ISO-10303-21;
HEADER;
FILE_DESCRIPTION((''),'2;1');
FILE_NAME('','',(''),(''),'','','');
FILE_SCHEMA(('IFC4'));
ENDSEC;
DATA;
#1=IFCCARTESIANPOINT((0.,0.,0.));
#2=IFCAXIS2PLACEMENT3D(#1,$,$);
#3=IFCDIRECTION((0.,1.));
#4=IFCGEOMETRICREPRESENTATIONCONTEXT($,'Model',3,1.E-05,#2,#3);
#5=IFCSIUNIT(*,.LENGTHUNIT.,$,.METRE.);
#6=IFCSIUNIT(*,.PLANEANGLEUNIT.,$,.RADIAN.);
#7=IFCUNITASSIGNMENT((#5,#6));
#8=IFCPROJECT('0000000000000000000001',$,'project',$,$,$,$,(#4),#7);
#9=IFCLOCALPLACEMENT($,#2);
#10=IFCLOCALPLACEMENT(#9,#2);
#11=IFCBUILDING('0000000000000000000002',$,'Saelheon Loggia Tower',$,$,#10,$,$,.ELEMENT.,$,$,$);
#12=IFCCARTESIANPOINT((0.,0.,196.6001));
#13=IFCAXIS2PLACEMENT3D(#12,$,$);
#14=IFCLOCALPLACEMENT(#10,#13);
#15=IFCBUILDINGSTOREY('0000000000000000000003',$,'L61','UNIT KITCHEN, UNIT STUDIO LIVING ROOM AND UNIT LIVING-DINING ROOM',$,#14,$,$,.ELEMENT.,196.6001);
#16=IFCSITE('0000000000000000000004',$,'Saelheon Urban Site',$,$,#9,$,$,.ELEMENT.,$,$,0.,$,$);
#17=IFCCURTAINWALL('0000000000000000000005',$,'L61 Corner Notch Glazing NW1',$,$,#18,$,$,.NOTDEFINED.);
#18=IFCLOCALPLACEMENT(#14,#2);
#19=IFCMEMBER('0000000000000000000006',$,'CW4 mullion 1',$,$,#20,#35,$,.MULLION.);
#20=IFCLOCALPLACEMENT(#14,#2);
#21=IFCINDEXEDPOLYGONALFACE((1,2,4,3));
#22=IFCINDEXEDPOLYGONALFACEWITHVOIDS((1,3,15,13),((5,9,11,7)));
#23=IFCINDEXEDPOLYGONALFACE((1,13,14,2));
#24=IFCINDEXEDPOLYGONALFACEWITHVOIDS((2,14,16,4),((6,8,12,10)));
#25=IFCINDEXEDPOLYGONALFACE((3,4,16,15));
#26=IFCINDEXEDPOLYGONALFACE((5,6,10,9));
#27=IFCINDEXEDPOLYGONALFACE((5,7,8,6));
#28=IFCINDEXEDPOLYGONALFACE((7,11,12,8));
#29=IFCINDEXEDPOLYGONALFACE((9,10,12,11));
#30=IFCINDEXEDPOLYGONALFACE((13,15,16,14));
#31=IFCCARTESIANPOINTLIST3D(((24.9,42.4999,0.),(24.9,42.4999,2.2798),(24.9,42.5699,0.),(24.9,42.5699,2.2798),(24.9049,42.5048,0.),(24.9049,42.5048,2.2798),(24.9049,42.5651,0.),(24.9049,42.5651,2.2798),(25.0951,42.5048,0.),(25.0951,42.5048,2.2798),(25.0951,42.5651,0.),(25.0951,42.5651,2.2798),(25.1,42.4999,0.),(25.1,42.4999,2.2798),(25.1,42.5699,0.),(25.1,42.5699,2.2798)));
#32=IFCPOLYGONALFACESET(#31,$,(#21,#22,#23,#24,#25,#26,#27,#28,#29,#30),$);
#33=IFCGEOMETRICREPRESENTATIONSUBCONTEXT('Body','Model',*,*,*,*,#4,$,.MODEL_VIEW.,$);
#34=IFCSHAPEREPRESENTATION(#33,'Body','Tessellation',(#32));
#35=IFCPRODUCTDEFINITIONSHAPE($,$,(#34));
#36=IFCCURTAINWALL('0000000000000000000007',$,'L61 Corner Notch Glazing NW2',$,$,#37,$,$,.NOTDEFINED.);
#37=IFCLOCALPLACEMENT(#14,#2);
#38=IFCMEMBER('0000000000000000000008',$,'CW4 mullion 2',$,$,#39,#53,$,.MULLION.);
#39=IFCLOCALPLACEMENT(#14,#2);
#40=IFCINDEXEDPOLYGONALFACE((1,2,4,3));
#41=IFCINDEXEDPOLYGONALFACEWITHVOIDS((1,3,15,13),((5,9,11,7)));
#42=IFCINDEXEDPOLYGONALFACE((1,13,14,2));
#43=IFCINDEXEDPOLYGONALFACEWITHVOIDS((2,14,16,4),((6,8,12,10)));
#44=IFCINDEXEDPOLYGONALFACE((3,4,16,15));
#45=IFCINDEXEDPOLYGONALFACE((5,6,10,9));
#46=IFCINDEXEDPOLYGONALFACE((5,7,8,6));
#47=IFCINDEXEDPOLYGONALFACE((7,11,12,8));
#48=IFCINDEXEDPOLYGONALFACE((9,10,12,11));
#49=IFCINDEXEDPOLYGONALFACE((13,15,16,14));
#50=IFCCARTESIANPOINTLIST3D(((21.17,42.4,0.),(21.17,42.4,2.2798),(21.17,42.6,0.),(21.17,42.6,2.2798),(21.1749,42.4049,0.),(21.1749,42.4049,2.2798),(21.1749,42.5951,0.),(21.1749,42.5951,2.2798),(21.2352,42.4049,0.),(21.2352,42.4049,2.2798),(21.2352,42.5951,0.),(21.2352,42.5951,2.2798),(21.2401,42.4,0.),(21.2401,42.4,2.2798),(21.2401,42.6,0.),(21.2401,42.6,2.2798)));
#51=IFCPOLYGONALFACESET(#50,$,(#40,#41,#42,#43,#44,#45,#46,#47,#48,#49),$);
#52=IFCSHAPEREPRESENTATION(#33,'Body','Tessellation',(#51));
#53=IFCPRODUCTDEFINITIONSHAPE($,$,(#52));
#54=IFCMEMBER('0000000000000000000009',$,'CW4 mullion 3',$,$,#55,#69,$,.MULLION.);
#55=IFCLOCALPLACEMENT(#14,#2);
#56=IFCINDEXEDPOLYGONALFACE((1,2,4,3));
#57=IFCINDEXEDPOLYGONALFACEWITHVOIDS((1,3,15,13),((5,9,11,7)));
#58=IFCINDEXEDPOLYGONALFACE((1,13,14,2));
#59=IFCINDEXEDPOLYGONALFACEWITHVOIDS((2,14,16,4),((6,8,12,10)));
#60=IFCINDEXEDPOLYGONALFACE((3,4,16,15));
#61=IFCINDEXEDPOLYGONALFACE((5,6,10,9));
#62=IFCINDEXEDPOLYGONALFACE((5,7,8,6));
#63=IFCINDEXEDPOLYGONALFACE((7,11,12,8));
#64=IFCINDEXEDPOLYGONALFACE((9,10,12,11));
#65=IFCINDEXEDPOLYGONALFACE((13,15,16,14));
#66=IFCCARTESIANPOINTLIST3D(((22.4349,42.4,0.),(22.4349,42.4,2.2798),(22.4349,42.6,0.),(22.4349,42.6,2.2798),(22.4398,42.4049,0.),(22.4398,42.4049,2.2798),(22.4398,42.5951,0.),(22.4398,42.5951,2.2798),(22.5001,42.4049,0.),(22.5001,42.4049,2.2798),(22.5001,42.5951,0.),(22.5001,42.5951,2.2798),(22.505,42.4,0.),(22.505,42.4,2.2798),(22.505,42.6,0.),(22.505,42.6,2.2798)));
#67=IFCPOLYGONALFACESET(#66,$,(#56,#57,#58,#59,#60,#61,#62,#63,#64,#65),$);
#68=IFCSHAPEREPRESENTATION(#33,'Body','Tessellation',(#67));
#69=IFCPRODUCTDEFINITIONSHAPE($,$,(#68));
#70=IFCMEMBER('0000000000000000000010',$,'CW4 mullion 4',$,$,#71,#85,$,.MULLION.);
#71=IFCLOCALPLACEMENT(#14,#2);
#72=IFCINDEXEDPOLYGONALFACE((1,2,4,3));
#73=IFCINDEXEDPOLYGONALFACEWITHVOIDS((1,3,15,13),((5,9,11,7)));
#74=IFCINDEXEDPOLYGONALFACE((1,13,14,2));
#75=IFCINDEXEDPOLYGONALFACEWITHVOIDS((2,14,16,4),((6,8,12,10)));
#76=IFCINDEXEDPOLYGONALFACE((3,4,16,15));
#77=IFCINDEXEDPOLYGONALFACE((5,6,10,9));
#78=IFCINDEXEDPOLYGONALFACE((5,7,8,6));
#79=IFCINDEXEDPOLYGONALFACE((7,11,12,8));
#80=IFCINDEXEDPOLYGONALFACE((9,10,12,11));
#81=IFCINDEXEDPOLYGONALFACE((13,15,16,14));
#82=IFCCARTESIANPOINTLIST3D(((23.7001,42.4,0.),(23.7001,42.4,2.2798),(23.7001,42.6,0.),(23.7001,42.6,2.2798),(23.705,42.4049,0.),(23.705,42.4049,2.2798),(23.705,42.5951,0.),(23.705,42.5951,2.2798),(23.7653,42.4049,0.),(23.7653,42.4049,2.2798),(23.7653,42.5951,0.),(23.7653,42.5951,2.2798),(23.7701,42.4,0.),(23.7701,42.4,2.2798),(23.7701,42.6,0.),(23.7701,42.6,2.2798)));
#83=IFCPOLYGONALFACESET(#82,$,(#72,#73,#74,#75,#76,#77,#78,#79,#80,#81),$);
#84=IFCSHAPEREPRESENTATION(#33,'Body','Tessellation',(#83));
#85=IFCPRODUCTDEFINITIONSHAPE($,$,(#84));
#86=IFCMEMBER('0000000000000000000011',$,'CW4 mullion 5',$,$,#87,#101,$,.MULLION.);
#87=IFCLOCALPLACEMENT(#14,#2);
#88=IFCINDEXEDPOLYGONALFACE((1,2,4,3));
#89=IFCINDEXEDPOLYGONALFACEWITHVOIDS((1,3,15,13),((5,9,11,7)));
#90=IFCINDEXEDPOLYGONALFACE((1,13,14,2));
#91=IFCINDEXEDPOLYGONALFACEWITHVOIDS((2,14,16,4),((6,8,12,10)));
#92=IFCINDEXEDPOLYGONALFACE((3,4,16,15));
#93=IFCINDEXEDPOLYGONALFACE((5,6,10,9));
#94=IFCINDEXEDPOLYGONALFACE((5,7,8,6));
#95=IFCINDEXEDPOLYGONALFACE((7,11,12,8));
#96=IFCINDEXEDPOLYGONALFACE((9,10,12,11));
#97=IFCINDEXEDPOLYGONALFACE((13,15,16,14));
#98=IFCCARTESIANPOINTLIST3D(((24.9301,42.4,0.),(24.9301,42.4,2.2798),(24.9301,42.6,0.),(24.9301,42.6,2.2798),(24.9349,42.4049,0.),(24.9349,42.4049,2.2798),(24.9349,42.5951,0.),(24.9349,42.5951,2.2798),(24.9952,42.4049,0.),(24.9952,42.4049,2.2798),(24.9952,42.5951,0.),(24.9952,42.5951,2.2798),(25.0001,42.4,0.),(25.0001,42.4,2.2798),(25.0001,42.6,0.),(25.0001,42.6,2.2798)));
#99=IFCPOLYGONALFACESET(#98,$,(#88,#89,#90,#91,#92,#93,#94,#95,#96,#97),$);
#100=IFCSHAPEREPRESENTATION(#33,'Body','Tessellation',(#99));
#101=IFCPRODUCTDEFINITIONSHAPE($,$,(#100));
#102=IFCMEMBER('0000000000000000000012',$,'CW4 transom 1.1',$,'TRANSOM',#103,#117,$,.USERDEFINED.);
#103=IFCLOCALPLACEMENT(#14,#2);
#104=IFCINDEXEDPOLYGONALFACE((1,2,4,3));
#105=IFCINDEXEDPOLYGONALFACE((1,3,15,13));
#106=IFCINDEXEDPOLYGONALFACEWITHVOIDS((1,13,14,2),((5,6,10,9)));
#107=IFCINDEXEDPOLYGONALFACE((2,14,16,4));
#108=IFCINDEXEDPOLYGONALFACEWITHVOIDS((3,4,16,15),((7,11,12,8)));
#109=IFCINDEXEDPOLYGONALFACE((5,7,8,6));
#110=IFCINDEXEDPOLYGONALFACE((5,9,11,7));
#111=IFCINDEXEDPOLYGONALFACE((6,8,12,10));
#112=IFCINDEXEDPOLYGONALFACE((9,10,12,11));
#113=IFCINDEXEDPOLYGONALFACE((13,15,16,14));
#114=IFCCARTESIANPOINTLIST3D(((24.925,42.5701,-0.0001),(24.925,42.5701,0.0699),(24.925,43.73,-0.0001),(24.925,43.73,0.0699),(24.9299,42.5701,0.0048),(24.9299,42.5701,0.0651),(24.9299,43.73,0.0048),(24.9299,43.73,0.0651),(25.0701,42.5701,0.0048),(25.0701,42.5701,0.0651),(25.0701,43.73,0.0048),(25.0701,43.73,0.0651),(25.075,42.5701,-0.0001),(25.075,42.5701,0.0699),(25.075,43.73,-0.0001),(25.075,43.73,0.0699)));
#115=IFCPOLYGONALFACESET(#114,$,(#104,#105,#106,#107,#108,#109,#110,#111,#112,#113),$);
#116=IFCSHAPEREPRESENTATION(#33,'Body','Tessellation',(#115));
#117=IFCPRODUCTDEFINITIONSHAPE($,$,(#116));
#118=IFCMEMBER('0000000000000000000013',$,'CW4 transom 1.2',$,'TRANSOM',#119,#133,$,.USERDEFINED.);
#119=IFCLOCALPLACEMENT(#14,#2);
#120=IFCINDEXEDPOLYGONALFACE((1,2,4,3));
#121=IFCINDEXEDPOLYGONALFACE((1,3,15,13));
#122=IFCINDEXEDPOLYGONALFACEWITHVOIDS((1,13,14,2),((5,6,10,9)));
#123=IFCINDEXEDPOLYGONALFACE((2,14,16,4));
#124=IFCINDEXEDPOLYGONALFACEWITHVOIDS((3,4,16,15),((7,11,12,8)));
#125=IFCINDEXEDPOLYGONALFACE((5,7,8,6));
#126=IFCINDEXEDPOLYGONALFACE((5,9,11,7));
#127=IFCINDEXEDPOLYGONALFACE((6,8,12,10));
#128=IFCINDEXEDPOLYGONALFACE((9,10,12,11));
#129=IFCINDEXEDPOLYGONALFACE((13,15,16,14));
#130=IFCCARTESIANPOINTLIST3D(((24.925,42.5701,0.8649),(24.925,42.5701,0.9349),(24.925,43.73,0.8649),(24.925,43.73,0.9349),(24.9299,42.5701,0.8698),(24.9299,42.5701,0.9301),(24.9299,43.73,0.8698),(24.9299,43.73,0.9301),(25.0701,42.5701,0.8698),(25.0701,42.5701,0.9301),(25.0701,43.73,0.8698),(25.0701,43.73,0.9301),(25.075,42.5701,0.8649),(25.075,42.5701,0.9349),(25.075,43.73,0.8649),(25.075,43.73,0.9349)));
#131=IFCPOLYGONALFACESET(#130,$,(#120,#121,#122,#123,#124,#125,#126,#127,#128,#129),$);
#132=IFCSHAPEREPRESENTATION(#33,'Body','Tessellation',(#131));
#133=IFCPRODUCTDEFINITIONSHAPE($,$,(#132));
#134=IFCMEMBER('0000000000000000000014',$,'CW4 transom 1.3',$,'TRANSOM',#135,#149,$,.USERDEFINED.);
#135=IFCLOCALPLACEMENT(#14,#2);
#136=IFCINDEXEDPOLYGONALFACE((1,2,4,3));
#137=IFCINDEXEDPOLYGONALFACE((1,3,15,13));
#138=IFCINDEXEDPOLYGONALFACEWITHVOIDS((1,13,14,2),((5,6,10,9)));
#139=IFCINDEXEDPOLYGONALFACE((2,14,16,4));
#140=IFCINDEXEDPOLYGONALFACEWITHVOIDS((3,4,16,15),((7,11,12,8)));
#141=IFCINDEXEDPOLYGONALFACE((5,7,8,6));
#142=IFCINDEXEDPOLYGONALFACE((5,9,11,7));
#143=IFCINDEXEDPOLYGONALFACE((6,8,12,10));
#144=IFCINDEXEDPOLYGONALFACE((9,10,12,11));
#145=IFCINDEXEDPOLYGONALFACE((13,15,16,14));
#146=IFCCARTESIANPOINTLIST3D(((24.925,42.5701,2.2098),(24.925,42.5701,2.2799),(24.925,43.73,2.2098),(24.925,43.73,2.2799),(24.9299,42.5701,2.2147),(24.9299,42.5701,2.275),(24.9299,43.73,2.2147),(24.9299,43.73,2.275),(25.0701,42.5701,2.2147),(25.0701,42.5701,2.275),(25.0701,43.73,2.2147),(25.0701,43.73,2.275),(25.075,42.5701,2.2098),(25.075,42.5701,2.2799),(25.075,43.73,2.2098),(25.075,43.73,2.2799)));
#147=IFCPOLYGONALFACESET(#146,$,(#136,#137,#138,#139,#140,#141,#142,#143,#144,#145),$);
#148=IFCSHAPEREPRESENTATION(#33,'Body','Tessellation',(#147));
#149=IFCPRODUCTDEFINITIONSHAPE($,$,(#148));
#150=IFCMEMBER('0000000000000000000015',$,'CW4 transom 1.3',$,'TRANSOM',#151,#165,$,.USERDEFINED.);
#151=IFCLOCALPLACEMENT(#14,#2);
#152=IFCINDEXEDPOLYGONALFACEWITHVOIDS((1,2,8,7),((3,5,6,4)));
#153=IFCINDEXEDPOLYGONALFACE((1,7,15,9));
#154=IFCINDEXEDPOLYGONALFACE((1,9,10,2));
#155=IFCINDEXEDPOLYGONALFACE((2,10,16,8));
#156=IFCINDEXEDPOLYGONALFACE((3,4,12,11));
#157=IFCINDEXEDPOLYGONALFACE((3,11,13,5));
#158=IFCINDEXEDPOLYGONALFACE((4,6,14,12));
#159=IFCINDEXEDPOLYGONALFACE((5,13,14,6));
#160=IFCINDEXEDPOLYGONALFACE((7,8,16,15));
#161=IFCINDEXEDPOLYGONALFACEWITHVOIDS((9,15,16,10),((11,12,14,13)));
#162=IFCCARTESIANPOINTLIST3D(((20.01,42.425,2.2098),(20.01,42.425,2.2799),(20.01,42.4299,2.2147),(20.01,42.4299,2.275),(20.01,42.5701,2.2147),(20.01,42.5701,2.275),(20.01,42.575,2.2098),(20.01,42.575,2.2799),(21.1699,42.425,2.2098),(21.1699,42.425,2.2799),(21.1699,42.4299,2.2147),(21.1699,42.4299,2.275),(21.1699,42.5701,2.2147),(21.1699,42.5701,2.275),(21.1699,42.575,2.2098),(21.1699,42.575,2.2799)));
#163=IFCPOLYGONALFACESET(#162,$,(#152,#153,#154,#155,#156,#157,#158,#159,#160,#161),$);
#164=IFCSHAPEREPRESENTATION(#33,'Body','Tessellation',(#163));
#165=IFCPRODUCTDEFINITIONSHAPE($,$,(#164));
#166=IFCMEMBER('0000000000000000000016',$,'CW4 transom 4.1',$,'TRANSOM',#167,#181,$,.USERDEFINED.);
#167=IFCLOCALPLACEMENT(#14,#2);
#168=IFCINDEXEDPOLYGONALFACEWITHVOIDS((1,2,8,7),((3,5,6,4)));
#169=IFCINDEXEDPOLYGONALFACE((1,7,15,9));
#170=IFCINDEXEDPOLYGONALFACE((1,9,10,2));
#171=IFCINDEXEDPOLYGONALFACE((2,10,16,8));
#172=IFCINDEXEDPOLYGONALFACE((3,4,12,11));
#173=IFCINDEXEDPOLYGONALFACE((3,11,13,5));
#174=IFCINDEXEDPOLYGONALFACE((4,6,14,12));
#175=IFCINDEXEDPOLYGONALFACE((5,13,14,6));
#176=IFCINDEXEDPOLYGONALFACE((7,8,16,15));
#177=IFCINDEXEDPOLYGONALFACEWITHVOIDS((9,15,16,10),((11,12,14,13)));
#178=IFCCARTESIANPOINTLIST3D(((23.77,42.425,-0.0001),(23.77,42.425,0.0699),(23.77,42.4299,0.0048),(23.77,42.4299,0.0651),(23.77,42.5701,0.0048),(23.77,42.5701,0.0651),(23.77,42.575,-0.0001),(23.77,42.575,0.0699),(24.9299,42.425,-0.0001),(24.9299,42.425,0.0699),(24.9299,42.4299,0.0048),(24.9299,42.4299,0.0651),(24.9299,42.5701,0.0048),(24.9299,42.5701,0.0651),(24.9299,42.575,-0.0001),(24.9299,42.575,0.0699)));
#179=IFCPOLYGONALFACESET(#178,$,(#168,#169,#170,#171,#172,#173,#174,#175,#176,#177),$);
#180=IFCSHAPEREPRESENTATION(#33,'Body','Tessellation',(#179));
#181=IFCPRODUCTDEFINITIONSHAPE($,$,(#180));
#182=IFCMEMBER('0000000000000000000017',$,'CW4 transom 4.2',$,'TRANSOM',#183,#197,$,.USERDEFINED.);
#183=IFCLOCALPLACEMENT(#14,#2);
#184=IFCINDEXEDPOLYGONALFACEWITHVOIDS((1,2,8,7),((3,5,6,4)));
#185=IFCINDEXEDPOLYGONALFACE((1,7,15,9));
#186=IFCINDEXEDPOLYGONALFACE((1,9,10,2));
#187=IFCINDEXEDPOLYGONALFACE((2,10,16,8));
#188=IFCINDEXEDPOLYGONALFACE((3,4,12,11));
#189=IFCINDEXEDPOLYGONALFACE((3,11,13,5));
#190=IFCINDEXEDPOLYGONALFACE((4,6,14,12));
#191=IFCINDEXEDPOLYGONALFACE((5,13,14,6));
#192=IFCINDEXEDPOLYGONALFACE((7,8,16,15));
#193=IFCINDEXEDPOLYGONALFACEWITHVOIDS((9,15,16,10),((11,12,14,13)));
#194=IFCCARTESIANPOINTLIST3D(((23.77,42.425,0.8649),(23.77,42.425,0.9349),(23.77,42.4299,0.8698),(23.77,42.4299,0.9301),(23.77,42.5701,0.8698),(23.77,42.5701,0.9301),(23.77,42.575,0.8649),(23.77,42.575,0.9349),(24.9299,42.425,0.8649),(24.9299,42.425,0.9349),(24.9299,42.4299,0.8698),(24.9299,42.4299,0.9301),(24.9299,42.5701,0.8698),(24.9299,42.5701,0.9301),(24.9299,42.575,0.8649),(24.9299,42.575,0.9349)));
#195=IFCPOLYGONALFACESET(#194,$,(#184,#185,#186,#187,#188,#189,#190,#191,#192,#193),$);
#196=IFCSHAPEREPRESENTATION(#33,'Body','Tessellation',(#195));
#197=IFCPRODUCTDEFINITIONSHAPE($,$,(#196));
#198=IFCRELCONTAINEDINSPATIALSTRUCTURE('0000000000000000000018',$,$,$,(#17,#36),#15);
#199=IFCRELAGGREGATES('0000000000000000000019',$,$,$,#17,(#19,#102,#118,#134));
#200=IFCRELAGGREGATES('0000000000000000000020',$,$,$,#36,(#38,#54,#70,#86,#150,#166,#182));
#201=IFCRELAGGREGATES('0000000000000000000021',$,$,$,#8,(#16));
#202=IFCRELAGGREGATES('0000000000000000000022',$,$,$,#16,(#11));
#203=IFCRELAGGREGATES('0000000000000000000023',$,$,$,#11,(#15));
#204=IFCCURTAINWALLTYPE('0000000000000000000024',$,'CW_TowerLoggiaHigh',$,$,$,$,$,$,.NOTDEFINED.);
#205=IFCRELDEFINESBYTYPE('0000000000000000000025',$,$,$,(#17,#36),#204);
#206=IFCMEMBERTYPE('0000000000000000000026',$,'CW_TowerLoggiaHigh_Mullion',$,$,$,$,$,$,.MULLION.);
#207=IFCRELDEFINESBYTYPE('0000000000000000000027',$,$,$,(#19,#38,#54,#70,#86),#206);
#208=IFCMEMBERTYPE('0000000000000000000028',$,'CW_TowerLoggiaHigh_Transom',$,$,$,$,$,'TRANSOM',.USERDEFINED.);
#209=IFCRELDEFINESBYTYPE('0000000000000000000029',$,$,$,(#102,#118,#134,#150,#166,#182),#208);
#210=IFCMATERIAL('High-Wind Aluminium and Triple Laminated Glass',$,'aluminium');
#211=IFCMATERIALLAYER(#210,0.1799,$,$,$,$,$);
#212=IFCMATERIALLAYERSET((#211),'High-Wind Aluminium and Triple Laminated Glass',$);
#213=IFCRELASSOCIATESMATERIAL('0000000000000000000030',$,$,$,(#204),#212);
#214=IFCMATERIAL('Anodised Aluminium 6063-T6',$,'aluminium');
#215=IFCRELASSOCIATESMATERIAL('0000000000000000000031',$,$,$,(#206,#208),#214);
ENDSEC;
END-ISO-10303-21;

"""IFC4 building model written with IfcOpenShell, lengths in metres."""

from ifc_helpers import new_model, si_unit, direction, frame, origin, origin_2d, place, context, subcontext, project, spatial, hollow_rectangle, extrude, source, transform, mapped, material, layer, layer_set, material_profile, profile_set, type_object, element, aggregate, save


model = new_model("IFC4")

# Units and contexts
model_context = context("Model", 3, precision=1e-05, world=origin(), true_north=direction((0.0, 1.0)))
body_context = subcontext(model_context, "Body", "Model", "MODEL_VIEW")
ifc_project = project(units=[si_unit("LENGTHUNIT", "METRE"), si_unit("PLANEANGLEUNIT", "RADIAN")], contexts=[model_context])

# Site, building, storey
site_placement = place(None, origin())
site = spatial("IfcSite", under=ifc_project, at=site_placement, Name="Saelheon Urban Site", CompositionType="ELEMENT", RefElevation=0.0)
building_placement = place(site_placement, origin())
building = spatial("IfcBuilding", under=site, at=building_placement, Name="Saelheon Loggia Tower", CompositionType="ELEMENT")
storey_placement = place(building_placement, frame((0.0, 0.0, 196.6001)))
storey = spatial("IfcBuildingStorey", under=building, at=storey_placement, Name="L61", Description="UNIT KITCHEN, UNIT STUDIO LIVING ROOM AND UNIT LIVING-DINING ROOM", CompositionType="ELEMENT", Elevation=196.6001)

# Curtain wall, member
ifc_material_1 = material(Name="High-Wind Aluminium and Triple Laminated Glass", Category="aluminium")
ifc_layer_1 = layer(ifc_material_1, 0.1799)
ifc_layer_set_1 = layer_set([ifc_layer_1], Name="High-Wind Aluminium and Triple Laminated Glass")
curtain_wall_type = type_object("IfcCurtainWallType", Name="CW_TowerLoggiaHigh", PredefinedType="NOTDEFINED", material=ifc_layer_set_1)
curtain_wall_1_placement = place(storey_placement, origin())
curtain_wall_1 = element("IfcCurtainWall", 1, at=curtain_wall_1_placement, inside=storey, type_object=curtain_wall_type, Name="L61 Corner Notch Glazing NW1", PredefinedType="NOTDEFINED")
ifc_material_2 = material(Name="Anodised Aluminium 6063-T6", Category="aluminium")
ifc_material_profile_1 = material_profile(ifc_material_2, hollow_rectangle(XDim=0.0701, YDim=0.2, WallThickness=0.0049, at=origin_2d()), Name="RHS-200x70x5")
ifc_profile_set_1 = profile_set([ifc_material_profile_1], Name="Anodised Aluminium 6063-T6")
member_type_1 = type_object("IfcMemberType", Name="CW_TowerLoggiaHigh_Mullion", PredefinedType="MULLION", material=ifc_profile_set_1)
shared_shape_1 = source(origin(), body_context, "Body", "SweptSolid", [
    extrude(hollow_rectangle(XDim=0.0701, YDim=0.2, WallThickness=0.0049, at=origin_2d()), origin(), (0.0, 0.0, 1.0), 2.2798),
])
member_1_placement = place(storey_placement, frame((25.0, 42.5349, 0.0), z_axis=(0.0, 0.0, 1.0), x_axis=(0.0, 1.0, 0.0)))
member_1 = element("IfcMember", 2, at=member_1_placement, type_object=member_type_1, Name="CW4 mullion 1", PredefinedType="MULLION", context=body_context, shape_type="MappedRepresentation", body=[
    mapped(shared_shape_1, transform((0.0, 0.0, 0.0), scale=1.0)),
])

# Curtain wall, members
curtain_wall_2_placement = place(storey_placement, origin())
curtain_wall_2 = element("IfcCurtainWall", 3, at=curtain_wall_2_placement, inside=storey, type_object=curtain_wall_type, Name="L61 Corner Notch Glazing NW2", PredefinedType="NOTDEFINED")
member_2_placement = place(storey_placement, frame((21.2051, 42.5, 0.0), z_axis=(0.0, 0.0, 1.0), x_axis=(1.0, 0.0, 0.0)))
member_2 = element("IfcMember", 4, at=member_2_placement, type_object=member_type_1, Name="CW4 mullion 2", PredefinedType="MULLION", context=body_context, shape_type="MappedRepresentation", body=[
    mapped(shared_shape_1, transform((0.0, 0.0, 0.0), scale=1.0)),
])
member_3_placement = place(storey_placement, frame((22.47, 42.5, 0.0), z_axis=(0.0, 0.0, 1.0), x_axis=(1.0, 0.0, 0.0)))
member_3 = element("IfcMember", 5, at=member_3_placement, type_object=member_type_1, Name="CW4 mullion 3", PredefinedType="MULLION", context=body_context, shape_type="MappedRepresentation", body=[
    mapped(shared_shape_1, transform((0.0, 0.0, 0.0), scale=1.0)),
])
member_4_placement = place(storey_placement, frame((23.7351, 42.5, 0.0), z_axis=(0.0, 0.0, 1.0), x_axis=(1.0, 0.0, 0.0)))
member_4 = element("IfcMember", 6, at=member_4_placement, type_object=member_type_1, Name="CW4 mullion 4", PredefinedType="MULLION", context=body_context, shape_type="MappedRepresentation", body=[
    mapped(shared_shape_1, transform((0.0, 0.0, 0.0), scale=1.0)),
])
member_5_placement = place(storey_placement, frame((24.9651, 42.5, 0.0), z_axis=(0.0, 0.0, 1.0), x_axis=(1.0, 0.0, 0.0)))
member_5 = element("IfcMember", 7, at=member_5_placement, type_object=member_type_1, Name="CW4 mullion 5", PredefinedType="MULLION", context=body_context, shape_type="MappedRepresentation", body=[
    mapped(shared_shape_1, transform((0.0, 0.0, 0.0), scale=1.0)),
])

# Members
ifc_material_profile_2 = material_profile(ifc_material_2, hollow_rectangle(XDim=0.0701, YDim=0.1499, WallThickness=0.0049, at=origin_2d()), Name="RHS-150x70x5")
ifc_profile_set_2 = profile_set([ifc_material_profile_2], Name="Anodised Aluminium 6063-T6")
member_type_2 = type_object("IfcMemberType", Name="CW_TowerLoggiaHigh_Transom", ElementType="TRANSOM", PredefinedType="USERDEFINED", material=ifc_profile_set_2)
shared_shape_2 = source(origin(), body_context, "Body", "SweptSolid", [
    extrude(hollow_rectangle(XDim=0.0701, YDim=0.1499, WallThickness=0.0049, at=origin_2d()), origin(), (0.0, 0.0, 1.0), 1.1599),
])
member_6_placement = place(storey_placement, frame((25.0, 42.5701, 0.0349), z_axis=(0.0, 1.0, 0.0), x_axis=(0.0, 0.0, 1.0)))
member_6 = element("IfcMember", 8, at=member_6_placement, type_object=member_type_2, Name="CW4 transom 1.1", ObjectType="TRANSOM", PredefinedType="USERDEFINED", context=body_context, shape_type="MappedRepresentation", body=[
    mapped(shared_shape_2, transform((0.0, 0.0, 0.0), scale=1.0)),
])
member_7_placement = place(storey_placement, frame((25.0, 42.5701, 0.8999), z_axis=(0.0, 1.0, 0.0), x_axis=(0.0, 0.0, 1.0)))
member_7 = element("IfcMember", 9, at=member_7_placement, type_object=member_type_2, Name="CW4 transom 1.2", ObjectType="TRANSOM", PredefinedType="USERDEFINED", context=body_context, shape_type="MappedRepresentation", body=[
    mapped(shared_shape_2, transform((0.0, 0.0, 0.0), scale=1.0)),
])
member_8_placement = place(storey_placement, frame((25.0, 42.5701, 2.2449), z_axis=(0.0, 1.0, 0.0), x_axis=(0.0, 0.0, 1.0)))
member_8 = element("IfcMember", 10, at=member_8_placement, type_object=member_type_2, Name="CW4 transom 1.3", ObjectType="TRANSOM", PredefinedType="USERDEFINED", context=body_context, shape_type="MappedRepresentation", body=[
    mapped(shared_shape_2, transform((0.0, 0.0, 0.0), scale=1.0)),
])
member_9_placement = place(storey_placement, frame((20.01, 42.5, 2.2449), z_axis=(1.0, 0.0, 0.0), x_axis=(0.0, 0.0, 1.0)))
member_9 = element("IfcMember", 11, at=member_9_placement, type_object=member_type_2, Name="CW4 transom 1.3", ObjectType="TRANSOM", PredefinedType="USERDEFINED", context=body_context, shape_type="MappedRepresentation", body=[
    mapped(shared_shape_2, transform((0.0, 0.0, 0.0), scale=1.0)),
])
member_10_placement = place(storey_placement, frame((23.77, 42.5, 0.0349), z_axis=(1.0, 0.0, 0.0), x_axis=(0.0, 0.0, 1.0)))
member_10 = element("IfcMember", 12, at=member_10_placement, type_object=member_type_2, Name="CW4 transom 4.1", ObjectType="TRANSOM", PredefinedType="USERDEFINED", context=body_context, shape_type="MappedRepresentation", body=[
    mapped(shared_shape_2, transform((0.0, 0.0, 0.0), scale=1.0)),
])
member_11_placement = place(storey_placement, frame((23.77, 42.5, 0.8999), z_axis=(1.0, 0.0, 0.0), x_axis=(0.0, 0.0, 1.0)))
member_11 = element("IfcMember", 13, at=member_11_placement, type_object=member_type_2, Name="CW4 transom 4.2", ObjectType="TRANSOM", PredefinedType="USERDEFINED", context=body_context, shape_type="MappedRepresentation", body=[
    mapped(shared_shape_2, transform((0.0, 0.0, 0.0), scale=1.0)),
])

aggregate(curtain_wall_1, [member_1, member_6, member_7, member_8])
aggregate(curtain_wall_2, [member_2, member_3, member_4, member_5, member_9, member_10, member_11])

save(model, "model.ifc")
